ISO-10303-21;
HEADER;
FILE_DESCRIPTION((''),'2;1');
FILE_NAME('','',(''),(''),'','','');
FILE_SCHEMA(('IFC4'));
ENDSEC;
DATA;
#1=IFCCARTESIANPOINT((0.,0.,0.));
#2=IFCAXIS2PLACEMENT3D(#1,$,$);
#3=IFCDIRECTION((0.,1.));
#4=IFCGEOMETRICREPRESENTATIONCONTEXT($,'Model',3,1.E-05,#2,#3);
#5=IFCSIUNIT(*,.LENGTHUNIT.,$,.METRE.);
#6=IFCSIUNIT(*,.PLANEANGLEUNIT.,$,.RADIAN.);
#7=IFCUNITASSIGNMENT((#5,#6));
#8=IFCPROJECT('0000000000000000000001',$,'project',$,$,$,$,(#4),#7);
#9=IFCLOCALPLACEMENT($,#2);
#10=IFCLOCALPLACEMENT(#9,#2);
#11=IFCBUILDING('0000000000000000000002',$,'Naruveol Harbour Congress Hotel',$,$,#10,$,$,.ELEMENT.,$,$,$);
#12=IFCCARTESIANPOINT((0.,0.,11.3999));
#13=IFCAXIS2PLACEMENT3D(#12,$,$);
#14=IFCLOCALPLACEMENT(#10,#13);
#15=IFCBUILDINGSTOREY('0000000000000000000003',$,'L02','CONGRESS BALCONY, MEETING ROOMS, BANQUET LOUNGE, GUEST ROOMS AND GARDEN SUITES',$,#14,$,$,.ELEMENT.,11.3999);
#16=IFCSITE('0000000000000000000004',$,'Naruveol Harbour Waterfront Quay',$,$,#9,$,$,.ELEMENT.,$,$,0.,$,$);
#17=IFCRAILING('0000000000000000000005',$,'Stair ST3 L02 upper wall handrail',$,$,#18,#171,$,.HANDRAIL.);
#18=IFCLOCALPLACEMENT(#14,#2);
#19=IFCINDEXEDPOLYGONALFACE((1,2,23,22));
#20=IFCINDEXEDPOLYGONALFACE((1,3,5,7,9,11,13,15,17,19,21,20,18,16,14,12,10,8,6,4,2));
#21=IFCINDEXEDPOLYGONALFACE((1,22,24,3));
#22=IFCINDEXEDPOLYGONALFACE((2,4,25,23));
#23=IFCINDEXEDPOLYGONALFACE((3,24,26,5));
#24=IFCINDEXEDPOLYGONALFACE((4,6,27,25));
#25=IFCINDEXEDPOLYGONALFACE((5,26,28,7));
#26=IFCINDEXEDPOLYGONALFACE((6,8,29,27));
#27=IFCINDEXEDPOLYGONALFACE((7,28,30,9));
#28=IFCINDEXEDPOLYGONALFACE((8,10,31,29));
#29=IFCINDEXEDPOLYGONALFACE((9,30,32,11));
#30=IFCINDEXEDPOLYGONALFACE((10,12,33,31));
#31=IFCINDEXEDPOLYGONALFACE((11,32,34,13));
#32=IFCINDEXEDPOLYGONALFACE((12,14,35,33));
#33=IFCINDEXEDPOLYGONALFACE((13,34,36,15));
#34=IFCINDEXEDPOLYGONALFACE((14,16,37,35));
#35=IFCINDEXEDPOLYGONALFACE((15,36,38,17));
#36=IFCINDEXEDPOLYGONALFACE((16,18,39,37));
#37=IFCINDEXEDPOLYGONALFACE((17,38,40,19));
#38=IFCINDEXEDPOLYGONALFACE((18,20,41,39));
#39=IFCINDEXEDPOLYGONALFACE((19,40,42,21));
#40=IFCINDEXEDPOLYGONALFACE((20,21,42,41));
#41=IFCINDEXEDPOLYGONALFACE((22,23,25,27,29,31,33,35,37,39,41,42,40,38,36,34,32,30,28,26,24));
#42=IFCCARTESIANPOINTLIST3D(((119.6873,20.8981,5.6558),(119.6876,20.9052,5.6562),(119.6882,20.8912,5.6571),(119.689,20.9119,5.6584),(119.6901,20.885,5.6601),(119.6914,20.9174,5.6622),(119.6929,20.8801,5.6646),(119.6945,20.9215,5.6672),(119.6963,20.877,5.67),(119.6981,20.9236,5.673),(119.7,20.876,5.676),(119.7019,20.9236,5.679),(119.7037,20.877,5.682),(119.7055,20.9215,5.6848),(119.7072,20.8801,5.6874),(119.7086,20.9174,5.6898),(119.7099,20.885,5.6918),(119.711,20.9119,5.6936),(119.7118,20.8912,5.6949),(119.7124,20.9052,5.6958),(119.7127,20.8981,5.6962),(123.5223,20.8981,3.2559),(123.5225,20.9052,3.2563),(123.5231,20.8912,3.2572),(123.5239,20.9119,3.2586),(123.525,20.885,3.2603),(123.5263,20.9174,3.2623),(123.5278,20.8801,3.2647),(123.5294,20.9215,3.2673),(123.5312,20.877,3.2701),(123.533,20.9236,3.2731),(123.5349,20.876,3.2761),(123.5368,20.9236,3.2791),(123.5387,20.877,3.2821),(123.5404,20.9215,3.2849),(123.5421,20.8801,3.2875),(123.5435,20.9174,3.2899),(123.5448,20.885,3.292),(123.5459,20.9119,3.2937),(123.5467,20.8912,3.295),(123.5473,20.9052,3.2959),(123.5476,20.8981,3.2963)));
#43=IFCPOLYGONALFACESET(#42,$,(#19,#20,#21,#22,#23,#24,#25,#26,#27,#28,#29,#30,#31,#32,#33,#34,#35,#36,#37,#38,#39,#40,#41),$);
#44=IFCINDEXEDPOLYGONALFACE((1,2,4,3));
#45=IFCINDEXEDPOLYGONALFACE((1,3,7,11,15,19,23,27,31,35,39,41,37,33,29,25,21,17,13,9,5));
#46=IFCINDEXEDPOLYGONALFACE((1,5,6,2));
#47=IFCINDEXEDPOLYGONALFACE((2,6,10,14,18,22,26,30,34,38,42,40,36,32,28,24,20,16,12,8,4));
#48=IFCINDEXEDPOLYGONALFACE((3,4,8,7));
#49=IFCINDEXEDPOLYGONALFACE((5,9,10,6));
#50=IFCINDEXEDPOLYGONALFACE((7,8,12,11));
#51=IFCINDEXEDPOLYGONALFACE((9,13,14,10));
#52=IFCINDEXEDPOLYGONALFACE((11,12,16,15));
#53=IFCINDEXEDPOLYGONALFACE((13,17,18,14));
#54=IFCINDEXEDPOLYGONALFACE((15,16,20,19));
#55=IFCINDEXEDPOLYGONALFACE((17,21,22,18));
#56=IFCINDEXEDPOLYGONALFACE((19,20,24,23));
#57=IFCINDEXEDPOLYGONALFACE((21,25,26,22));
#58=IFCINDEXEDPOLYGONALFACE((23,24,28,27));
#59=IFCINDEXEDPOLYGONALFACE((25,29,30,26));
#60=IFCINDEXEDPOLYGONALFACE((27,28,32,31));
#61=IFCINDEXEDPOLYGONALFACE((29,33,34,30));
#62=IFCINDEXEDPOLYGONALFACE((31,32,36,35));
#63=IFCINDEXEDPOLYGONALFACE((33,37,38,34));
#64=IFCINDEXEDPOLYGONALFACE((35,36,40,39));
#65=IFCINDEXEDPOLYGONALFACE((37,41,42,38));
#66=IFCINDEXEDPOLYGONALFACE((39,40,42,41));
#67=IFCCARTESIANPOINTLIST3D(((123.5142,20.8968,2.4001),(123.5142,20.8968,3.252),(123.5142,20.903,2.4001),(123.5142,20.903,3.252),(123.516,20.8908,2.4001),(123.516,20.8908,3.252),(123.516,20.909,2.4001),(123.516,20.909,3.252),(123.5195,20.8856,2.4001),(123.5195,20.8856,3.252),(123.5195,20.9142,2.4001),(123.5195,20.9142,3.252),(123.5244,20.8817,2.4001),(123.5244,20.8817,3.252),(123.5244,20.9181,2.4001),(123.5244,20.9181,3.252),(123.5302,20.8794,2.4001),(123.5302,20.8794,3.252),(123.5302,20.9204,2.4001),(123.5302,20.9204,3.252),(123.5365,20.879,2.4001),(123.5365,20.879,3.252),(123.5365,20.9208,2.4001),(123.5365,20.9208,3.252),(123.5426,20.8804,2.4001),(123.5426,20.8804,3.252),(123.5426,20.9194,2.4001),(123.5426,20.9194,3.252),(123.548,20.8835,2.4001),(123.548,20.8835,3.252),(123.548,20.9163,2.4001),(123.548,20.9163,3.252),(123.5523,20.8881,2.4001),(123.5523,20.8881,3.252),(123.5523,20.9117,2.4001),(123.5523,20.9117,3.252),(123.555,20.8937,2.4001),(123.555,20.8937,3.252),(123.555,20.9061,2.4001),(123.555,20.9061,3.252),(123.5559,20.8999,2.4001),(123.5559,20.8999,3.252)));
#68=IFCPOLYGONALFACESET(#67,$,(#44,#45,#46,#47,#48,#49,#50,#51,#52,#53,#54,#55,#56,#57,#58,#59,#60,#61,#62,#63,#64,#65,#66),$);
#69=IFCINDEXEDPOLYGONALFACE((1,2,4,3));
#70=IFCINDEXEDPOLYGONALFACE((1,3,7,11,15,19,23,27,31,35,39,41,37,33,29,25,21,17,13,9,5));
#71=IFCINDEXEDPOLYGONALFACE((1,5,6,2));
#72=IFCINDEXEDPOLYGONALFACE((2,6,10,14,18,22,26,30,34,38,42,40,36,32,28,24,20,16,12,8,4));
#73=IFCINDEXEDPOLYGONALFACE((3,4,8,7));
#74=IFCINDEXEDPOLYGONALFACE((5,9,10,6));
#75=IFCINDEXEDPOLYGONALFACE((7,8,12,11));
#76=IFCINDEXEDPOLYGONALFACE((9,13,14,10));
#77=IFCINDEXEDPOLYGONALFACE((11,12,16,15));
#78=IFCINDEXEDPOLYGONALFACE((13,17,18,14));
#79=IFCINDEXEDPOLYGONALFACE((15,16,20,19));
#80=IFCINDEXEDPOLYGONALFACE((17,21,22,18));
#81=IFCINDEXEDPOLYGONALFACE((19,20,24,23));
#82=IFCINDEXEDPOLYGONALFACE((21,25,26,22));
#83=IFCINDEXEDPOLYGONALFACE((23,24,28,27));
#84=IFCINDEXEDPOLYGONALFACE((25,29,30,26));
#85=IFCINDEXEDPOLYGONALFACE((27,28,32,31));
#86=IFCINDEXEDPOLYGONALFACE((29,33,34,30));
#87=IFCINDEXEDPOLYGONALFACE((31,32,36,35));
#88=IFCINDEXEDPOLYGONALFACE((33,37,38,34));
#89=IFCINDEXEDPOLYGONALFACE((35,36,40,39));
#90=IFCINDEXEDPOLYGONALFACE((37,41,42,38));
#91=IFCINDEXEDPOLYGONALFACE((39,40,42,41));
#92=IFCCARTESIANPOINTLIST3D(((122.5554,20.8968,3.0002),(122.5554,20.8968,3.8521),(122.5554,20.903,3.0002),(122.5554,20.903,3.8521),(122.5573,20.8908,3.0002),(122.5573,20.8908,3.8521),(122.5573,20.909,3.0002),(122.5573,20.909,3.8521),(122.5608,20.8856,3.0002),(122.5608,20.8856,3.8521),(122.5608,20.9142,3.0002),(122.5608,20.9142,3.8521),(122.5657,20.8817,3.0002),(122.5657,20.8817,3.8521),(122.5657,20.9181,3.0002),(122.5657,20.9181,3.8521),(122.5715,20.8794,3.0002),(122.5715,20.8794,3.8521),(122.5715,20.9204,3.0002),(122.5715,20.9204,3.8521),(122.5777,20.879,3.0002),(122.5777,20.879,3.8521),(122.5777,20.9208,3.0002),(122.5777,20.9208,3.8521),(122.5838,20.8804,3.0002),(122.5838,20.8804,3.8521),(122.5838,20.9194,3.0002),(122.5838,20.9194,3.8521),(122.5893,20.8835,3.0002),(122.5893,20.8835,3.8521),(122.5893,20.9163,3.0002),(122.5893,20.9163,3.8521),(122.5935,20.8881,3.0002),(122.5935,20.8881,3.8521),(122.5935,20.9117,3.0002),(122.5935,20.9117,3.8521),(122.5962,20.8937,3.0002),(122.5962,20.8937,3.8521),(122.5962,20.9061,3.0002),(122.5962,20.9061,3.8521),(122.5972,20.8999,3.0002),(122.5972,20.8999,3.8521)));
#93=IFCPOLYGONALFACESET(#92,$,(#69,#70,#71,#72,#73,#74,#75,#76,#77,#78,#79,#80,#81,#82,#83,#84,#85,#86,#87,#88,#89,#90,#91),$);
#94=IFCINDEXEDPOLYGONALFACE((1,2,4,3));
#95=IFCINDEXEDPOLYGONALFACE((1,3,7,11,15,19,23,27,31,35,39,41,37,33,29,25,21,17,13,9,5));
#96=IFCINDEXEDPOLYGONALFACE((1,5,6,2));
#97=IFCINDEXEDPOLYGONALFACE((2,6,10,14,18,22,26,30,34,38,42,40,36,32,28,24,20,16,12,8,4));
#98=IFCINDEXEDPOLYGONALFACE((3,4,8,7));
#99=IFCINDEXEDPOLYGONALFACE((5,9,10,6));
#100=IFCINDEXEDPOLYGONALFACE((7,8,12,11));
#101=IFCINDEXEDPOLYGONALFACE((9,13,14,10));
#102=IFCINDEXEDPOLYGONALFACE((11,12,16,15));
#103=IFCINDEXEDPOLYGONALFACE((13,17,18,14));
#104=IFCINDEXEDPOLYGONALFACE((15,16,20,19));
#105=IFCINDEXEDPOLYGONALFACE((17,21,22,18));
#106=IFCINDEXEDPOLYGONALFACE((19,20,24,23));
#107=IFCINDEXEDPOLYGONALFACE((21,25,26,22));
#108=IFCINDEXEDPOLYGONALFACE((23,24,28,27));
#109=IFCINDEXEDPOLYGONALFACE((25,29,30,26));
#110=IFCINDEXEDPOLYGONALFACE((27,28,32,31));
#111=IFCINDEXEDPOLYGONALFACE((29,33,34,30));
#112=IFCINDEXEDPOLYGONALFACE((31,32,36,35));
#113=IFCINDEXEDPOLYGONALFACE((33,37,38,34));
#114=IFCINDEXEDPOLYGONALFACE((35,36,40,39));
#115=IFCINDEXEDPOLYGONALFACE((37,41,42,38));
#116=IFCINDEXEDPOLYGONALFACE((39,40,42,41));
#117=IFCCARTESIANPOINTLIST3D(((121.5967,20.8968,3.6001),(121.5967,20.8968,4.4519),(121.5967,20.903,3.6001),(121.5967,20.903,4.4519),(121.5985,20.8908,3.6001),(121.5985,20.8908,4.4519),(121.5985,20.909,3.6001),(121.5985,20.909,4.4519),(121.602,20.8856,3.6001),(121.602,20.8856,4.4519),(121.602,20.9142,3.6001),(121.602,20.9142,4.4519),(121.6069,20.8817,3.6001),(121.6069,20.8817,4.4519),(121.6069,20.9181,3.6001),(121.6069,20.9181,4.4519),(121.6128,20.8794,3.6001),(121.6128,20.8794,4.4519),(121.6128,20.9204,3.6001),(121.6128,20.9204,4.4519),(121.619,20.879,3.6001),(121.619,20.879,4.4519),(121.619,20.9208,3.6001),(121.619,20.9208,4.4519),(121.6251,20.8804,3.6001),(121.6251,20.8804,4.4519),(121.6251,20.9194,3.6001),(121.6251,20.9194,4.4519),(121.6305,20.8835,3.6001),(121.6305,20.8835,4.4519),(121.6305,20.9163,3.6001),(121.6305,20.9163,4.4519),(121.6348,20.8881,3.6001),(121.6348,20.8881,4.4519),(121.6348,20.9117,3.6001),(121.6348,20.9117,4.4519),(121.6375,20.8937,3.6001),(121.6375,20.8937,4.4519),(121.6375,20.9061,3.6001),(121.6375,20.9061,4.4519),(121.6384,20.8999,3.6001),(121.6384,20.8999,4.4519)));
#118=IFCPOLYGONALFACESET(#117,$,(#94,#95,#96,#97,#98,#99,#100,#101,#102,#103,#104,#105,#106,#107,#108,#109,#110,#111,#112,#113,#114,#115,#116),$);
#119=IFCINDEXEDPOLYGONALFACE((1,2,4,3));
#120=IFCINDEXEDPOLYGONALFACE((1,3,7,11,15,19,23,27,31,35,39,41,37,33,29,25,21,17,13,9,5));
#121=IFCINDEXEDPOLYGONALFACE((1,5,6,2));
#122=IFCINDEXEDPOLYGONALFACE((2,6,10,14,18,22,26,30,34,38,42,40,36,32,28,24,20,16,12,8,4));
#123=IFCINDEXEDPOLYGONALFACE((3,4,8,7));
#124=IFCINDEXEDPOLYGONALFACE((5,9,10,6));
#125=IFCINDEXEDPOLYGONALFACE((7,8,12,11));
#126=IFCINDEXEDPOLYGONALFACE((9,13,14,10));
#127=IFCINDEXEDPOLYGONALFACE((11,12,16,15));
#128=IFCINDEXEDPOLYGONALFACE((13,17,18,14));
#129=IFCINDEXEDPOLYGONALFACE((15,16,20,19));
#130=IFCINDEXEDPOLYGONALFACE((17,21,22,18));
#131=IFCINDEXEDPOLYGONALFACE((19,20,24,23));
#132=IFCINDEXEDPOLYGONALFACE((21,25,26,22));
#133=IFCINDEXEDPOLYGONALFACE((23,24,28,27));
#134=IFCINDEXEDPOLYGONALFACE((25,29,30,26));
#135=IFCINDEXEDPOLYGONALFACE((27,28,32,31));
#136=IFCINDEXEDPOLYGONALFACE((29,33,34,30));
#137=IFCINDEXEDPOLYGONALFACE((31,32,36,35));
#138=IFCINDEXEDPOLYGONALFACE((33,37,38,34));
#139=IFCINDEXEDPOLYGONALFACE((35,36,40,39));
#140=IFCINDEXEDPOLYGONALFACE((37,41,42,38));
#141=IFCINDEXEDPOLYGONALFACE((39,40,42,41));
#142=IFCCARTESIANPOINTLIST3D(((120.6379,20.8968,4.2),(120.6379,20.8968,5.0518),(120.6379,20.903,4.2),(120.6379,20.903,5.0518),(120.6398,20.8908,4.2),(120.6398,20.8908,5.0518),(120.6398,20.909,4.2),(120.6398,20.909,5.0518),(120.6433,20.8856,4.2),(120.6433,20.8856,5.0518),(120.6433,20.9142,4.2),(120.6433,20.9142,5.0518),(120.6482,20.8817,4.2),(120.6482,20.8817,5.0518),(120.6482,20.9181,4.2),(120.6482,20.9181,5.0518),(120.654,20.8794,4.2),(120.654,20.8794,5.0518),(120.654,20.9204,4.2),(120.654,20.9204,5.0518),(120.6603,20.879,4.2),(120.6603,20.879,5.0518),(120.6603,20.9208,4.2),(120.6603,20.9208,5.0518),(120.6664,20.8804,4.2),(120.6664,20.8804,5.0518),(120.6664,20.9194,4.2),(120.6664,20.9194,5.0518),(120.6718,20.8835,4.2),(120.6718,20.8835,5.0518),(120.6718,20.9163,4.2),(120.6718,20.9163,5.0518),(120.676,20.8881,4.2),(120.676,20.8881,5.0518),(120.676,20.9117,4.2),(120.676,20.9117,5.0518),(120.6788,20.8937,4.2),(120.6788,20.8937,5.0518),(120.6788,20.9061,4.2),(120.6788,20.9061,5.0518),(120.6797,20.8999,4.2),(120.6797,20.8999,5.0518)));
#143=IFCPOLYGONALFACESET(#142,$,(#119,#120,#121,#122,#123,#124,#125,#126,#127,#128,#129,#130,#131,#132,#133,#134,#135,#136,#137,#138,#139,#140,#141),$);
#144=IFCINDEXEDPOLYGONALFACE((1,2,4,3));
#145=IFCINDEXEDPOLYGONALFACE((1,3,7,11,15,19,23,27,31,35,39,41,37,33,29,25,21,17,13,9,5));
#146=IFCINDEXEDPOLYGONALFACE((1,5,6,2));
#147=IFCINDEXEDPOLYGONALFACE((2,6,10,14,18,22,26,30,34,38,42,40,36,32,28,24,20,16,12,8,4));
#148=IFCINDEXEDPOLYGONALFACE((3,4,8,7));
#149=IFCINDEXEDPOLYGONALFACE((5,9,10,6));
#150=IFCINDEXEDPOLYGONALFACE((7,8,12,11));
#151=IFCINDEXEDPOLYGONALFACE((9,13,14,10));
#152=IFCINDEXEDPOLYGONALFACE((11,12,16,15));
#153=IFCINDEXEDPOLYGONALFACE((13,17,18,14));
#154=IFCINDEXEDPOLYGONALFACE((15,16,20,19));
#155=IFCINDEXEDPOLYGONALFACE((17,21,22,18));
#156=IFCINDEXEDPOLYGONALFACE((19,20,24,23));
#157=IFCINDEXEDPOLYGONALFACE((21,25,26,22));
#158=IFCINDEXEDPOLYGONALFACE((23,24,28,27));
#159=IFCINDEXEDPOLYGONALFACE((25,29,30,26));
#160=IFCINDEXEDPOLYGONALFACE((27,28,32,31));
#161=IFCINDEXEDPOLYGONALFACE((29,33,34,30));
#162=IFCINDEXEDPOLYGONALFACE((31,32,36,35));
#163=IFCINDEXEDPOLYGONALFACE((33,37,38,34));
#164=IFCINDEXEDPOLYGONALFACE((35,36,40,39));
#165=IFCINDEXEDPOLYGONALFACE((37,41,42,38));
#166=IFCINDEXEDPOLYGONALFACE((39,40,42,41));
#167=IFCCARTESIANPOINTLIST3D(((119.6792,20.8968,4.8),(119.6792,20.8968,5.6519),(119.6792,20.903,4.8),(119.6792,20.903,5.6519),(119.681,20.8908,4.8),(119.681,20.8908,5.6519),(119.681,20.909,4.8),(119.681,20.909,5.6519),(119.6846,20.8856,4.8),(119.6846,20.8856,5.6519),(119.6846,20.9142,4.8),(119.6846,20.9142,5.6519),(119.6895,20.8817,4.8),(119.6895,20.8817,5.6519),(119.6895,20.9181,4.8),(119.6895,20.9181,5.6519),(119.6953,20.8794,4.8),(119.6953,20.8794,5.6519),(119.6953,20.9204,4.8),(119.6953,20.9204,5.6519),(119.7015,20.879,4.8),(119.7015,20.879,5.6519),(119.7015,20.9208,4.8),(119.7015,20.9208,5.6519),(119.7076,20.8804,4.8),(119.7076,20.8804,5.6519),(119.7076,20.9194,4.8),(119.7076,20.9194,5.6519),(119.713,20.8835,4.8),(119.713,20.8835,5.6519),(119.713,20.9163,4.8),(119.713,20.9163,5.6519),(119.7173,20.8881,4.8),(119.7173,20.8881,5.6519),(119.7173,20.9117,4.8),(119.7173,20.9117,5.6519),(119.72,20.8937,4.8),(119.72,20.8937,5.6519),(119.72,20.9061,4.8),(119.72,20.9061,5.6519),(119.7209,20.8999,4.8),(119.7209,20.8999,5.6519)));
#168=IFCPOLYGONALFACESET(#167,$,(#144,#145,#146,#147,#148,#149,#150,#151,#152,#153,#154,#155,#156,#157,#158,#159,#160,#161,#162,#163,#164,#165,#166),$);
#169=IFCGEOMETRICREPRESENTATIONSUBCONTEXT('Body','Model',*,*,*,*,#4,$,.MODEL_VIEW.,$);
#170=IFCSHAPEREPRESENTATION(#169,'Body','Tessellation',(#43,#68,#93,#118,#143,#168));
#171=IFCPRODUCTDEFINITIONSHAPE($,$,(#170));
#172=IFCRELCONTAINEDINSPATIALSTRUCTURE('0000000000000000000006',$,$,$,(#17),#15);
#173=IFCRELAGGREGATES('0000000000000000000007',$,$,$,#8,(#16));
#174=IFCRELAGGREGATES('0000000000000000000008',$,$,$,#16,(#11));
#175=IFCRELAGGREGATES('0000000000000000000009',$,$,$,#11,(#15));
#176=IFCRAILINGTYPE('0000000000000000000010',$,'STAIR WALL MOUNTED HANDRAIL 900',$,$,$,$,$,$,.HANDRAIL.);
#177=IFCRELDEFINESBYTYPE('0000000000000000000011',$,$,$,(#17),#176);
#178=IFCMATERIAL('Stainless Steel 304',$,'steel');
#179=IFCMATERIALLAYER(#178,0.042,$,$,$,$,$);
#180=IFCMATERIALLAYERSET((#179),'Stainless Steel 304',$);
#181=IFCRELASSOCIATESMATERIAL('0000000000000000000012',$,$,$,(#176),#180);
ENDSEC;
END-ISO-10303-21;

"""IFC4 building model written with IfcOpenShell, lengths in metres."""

from ifc_helpers import new_model, si_unit, direction, frame, origin, origin_2d, place, context, subcontext, project, spatial, circle, extrude, material, layer, layer_set, type_object, element, save


model = new_model("IFC4")

# Units and contexts
model_context = context("Model", 3, precision=1e-05, world=origin(), true_north=direction((0.0, 1.0)))
body_context = subcontext(model_context, "Body", "Model", "MODEL_VIEW")
ifc_project = project(units=[si_unit("LENGTHUNIT", "METRE"), si_unit("PLANEANGLEUNIT", "RADIAN")], contexts=[model_context])

# Site, building, storey
site_placement = place(None, origin())
site = spatial("IfcSite", under=ifc_project, at=site_placement, Name="Naruveol Harbour Waterfront Quay", CompositionType="ELEMENT", RefElevation=0.0)
building_placement = place(site_placement, origin())
building = spatial("IfcBuilding", under=site, at=building_placement, Name="Naruveol Harbour Congress Hotel", CompositionType="ELEMENT")
storey_placement = place(building_placement, frame((0.0, 0.0, 11.3999)))
storey = spatial("IfcBuildingStorey", under=building, at=storey_placement, Name="L02", Description="CONGRESS BALCONY, MEETING ROOMS, BANQUET LOUNGE, GUEST ROOMS AND GARDEN SUITES", CompositionType="ELEMENT", Elevation=11.3999)

# Railing
ifc_material_1 = material(Name="Stainless Steel 304", Category="steel")
ifc_layer_1 = layer(ifc_material_1, 0.042)
ifc_layer_set_1 = layer_set([ifc_layer_1], Name="Stainless Steel 304")
railing_type_1 = type_object("IfcRailingType", Name="STAIR WALL MOUNTED HANDRAIL 900", PredefinedType="HANDRAIL", material=ifc_layer_set_1)
railing_1_placement = place(storey_placement, frame((123.5349, 20.8999, 2.4001)))
element("IfcRailing", 1, at=railing_1_placement, inside=storey, type_object=railing_type_1, Name="Stair ST3 L02 upper wall handrail", PredefinedType="HANDRAIL", context=body_context, shape_type="SweptSolid", body=[
    extrude(circle(Radius=0.0239, at=origin_2d()), frame((0.0, 0.0, 0.876), z_axis=(-0.847695, 0.0, 0.530484), x_axis=(0.0, -1.0, 0.0)), (0.0, 0.0, 1.0), 4.5239),
    extrude(circle(Radius=0.021, at=origin_2d()), origin(), (0.0, 0.0, 1.0), 0.8518),
    extrude(circle(Radius=0.021, at=origin_2d()), frame((-0.9587, 0.0, 0.6001)), (0.0, 0.0, 1.0), 0.8518),
    extrude(circle(Radius=0.021, at=origin_2d()), frame((-1.9175, 0.0, 1.2)), (0.0, 0.0, 1.0), 0.8518),
    extrude(circle(Radius=0.021, at=origin_2d()), frame((-2.8762, 0.0, 1.7998)), (0.0, 0.0, 1.0), 0.8518),
    extrude(circle(Radius=0.021, at=origin_2d()), frame((-3.835, 0.0, 2.3999)), (0.0, 0.0, 1.0), 0.8518),
])

save(model, "model.ifc")
